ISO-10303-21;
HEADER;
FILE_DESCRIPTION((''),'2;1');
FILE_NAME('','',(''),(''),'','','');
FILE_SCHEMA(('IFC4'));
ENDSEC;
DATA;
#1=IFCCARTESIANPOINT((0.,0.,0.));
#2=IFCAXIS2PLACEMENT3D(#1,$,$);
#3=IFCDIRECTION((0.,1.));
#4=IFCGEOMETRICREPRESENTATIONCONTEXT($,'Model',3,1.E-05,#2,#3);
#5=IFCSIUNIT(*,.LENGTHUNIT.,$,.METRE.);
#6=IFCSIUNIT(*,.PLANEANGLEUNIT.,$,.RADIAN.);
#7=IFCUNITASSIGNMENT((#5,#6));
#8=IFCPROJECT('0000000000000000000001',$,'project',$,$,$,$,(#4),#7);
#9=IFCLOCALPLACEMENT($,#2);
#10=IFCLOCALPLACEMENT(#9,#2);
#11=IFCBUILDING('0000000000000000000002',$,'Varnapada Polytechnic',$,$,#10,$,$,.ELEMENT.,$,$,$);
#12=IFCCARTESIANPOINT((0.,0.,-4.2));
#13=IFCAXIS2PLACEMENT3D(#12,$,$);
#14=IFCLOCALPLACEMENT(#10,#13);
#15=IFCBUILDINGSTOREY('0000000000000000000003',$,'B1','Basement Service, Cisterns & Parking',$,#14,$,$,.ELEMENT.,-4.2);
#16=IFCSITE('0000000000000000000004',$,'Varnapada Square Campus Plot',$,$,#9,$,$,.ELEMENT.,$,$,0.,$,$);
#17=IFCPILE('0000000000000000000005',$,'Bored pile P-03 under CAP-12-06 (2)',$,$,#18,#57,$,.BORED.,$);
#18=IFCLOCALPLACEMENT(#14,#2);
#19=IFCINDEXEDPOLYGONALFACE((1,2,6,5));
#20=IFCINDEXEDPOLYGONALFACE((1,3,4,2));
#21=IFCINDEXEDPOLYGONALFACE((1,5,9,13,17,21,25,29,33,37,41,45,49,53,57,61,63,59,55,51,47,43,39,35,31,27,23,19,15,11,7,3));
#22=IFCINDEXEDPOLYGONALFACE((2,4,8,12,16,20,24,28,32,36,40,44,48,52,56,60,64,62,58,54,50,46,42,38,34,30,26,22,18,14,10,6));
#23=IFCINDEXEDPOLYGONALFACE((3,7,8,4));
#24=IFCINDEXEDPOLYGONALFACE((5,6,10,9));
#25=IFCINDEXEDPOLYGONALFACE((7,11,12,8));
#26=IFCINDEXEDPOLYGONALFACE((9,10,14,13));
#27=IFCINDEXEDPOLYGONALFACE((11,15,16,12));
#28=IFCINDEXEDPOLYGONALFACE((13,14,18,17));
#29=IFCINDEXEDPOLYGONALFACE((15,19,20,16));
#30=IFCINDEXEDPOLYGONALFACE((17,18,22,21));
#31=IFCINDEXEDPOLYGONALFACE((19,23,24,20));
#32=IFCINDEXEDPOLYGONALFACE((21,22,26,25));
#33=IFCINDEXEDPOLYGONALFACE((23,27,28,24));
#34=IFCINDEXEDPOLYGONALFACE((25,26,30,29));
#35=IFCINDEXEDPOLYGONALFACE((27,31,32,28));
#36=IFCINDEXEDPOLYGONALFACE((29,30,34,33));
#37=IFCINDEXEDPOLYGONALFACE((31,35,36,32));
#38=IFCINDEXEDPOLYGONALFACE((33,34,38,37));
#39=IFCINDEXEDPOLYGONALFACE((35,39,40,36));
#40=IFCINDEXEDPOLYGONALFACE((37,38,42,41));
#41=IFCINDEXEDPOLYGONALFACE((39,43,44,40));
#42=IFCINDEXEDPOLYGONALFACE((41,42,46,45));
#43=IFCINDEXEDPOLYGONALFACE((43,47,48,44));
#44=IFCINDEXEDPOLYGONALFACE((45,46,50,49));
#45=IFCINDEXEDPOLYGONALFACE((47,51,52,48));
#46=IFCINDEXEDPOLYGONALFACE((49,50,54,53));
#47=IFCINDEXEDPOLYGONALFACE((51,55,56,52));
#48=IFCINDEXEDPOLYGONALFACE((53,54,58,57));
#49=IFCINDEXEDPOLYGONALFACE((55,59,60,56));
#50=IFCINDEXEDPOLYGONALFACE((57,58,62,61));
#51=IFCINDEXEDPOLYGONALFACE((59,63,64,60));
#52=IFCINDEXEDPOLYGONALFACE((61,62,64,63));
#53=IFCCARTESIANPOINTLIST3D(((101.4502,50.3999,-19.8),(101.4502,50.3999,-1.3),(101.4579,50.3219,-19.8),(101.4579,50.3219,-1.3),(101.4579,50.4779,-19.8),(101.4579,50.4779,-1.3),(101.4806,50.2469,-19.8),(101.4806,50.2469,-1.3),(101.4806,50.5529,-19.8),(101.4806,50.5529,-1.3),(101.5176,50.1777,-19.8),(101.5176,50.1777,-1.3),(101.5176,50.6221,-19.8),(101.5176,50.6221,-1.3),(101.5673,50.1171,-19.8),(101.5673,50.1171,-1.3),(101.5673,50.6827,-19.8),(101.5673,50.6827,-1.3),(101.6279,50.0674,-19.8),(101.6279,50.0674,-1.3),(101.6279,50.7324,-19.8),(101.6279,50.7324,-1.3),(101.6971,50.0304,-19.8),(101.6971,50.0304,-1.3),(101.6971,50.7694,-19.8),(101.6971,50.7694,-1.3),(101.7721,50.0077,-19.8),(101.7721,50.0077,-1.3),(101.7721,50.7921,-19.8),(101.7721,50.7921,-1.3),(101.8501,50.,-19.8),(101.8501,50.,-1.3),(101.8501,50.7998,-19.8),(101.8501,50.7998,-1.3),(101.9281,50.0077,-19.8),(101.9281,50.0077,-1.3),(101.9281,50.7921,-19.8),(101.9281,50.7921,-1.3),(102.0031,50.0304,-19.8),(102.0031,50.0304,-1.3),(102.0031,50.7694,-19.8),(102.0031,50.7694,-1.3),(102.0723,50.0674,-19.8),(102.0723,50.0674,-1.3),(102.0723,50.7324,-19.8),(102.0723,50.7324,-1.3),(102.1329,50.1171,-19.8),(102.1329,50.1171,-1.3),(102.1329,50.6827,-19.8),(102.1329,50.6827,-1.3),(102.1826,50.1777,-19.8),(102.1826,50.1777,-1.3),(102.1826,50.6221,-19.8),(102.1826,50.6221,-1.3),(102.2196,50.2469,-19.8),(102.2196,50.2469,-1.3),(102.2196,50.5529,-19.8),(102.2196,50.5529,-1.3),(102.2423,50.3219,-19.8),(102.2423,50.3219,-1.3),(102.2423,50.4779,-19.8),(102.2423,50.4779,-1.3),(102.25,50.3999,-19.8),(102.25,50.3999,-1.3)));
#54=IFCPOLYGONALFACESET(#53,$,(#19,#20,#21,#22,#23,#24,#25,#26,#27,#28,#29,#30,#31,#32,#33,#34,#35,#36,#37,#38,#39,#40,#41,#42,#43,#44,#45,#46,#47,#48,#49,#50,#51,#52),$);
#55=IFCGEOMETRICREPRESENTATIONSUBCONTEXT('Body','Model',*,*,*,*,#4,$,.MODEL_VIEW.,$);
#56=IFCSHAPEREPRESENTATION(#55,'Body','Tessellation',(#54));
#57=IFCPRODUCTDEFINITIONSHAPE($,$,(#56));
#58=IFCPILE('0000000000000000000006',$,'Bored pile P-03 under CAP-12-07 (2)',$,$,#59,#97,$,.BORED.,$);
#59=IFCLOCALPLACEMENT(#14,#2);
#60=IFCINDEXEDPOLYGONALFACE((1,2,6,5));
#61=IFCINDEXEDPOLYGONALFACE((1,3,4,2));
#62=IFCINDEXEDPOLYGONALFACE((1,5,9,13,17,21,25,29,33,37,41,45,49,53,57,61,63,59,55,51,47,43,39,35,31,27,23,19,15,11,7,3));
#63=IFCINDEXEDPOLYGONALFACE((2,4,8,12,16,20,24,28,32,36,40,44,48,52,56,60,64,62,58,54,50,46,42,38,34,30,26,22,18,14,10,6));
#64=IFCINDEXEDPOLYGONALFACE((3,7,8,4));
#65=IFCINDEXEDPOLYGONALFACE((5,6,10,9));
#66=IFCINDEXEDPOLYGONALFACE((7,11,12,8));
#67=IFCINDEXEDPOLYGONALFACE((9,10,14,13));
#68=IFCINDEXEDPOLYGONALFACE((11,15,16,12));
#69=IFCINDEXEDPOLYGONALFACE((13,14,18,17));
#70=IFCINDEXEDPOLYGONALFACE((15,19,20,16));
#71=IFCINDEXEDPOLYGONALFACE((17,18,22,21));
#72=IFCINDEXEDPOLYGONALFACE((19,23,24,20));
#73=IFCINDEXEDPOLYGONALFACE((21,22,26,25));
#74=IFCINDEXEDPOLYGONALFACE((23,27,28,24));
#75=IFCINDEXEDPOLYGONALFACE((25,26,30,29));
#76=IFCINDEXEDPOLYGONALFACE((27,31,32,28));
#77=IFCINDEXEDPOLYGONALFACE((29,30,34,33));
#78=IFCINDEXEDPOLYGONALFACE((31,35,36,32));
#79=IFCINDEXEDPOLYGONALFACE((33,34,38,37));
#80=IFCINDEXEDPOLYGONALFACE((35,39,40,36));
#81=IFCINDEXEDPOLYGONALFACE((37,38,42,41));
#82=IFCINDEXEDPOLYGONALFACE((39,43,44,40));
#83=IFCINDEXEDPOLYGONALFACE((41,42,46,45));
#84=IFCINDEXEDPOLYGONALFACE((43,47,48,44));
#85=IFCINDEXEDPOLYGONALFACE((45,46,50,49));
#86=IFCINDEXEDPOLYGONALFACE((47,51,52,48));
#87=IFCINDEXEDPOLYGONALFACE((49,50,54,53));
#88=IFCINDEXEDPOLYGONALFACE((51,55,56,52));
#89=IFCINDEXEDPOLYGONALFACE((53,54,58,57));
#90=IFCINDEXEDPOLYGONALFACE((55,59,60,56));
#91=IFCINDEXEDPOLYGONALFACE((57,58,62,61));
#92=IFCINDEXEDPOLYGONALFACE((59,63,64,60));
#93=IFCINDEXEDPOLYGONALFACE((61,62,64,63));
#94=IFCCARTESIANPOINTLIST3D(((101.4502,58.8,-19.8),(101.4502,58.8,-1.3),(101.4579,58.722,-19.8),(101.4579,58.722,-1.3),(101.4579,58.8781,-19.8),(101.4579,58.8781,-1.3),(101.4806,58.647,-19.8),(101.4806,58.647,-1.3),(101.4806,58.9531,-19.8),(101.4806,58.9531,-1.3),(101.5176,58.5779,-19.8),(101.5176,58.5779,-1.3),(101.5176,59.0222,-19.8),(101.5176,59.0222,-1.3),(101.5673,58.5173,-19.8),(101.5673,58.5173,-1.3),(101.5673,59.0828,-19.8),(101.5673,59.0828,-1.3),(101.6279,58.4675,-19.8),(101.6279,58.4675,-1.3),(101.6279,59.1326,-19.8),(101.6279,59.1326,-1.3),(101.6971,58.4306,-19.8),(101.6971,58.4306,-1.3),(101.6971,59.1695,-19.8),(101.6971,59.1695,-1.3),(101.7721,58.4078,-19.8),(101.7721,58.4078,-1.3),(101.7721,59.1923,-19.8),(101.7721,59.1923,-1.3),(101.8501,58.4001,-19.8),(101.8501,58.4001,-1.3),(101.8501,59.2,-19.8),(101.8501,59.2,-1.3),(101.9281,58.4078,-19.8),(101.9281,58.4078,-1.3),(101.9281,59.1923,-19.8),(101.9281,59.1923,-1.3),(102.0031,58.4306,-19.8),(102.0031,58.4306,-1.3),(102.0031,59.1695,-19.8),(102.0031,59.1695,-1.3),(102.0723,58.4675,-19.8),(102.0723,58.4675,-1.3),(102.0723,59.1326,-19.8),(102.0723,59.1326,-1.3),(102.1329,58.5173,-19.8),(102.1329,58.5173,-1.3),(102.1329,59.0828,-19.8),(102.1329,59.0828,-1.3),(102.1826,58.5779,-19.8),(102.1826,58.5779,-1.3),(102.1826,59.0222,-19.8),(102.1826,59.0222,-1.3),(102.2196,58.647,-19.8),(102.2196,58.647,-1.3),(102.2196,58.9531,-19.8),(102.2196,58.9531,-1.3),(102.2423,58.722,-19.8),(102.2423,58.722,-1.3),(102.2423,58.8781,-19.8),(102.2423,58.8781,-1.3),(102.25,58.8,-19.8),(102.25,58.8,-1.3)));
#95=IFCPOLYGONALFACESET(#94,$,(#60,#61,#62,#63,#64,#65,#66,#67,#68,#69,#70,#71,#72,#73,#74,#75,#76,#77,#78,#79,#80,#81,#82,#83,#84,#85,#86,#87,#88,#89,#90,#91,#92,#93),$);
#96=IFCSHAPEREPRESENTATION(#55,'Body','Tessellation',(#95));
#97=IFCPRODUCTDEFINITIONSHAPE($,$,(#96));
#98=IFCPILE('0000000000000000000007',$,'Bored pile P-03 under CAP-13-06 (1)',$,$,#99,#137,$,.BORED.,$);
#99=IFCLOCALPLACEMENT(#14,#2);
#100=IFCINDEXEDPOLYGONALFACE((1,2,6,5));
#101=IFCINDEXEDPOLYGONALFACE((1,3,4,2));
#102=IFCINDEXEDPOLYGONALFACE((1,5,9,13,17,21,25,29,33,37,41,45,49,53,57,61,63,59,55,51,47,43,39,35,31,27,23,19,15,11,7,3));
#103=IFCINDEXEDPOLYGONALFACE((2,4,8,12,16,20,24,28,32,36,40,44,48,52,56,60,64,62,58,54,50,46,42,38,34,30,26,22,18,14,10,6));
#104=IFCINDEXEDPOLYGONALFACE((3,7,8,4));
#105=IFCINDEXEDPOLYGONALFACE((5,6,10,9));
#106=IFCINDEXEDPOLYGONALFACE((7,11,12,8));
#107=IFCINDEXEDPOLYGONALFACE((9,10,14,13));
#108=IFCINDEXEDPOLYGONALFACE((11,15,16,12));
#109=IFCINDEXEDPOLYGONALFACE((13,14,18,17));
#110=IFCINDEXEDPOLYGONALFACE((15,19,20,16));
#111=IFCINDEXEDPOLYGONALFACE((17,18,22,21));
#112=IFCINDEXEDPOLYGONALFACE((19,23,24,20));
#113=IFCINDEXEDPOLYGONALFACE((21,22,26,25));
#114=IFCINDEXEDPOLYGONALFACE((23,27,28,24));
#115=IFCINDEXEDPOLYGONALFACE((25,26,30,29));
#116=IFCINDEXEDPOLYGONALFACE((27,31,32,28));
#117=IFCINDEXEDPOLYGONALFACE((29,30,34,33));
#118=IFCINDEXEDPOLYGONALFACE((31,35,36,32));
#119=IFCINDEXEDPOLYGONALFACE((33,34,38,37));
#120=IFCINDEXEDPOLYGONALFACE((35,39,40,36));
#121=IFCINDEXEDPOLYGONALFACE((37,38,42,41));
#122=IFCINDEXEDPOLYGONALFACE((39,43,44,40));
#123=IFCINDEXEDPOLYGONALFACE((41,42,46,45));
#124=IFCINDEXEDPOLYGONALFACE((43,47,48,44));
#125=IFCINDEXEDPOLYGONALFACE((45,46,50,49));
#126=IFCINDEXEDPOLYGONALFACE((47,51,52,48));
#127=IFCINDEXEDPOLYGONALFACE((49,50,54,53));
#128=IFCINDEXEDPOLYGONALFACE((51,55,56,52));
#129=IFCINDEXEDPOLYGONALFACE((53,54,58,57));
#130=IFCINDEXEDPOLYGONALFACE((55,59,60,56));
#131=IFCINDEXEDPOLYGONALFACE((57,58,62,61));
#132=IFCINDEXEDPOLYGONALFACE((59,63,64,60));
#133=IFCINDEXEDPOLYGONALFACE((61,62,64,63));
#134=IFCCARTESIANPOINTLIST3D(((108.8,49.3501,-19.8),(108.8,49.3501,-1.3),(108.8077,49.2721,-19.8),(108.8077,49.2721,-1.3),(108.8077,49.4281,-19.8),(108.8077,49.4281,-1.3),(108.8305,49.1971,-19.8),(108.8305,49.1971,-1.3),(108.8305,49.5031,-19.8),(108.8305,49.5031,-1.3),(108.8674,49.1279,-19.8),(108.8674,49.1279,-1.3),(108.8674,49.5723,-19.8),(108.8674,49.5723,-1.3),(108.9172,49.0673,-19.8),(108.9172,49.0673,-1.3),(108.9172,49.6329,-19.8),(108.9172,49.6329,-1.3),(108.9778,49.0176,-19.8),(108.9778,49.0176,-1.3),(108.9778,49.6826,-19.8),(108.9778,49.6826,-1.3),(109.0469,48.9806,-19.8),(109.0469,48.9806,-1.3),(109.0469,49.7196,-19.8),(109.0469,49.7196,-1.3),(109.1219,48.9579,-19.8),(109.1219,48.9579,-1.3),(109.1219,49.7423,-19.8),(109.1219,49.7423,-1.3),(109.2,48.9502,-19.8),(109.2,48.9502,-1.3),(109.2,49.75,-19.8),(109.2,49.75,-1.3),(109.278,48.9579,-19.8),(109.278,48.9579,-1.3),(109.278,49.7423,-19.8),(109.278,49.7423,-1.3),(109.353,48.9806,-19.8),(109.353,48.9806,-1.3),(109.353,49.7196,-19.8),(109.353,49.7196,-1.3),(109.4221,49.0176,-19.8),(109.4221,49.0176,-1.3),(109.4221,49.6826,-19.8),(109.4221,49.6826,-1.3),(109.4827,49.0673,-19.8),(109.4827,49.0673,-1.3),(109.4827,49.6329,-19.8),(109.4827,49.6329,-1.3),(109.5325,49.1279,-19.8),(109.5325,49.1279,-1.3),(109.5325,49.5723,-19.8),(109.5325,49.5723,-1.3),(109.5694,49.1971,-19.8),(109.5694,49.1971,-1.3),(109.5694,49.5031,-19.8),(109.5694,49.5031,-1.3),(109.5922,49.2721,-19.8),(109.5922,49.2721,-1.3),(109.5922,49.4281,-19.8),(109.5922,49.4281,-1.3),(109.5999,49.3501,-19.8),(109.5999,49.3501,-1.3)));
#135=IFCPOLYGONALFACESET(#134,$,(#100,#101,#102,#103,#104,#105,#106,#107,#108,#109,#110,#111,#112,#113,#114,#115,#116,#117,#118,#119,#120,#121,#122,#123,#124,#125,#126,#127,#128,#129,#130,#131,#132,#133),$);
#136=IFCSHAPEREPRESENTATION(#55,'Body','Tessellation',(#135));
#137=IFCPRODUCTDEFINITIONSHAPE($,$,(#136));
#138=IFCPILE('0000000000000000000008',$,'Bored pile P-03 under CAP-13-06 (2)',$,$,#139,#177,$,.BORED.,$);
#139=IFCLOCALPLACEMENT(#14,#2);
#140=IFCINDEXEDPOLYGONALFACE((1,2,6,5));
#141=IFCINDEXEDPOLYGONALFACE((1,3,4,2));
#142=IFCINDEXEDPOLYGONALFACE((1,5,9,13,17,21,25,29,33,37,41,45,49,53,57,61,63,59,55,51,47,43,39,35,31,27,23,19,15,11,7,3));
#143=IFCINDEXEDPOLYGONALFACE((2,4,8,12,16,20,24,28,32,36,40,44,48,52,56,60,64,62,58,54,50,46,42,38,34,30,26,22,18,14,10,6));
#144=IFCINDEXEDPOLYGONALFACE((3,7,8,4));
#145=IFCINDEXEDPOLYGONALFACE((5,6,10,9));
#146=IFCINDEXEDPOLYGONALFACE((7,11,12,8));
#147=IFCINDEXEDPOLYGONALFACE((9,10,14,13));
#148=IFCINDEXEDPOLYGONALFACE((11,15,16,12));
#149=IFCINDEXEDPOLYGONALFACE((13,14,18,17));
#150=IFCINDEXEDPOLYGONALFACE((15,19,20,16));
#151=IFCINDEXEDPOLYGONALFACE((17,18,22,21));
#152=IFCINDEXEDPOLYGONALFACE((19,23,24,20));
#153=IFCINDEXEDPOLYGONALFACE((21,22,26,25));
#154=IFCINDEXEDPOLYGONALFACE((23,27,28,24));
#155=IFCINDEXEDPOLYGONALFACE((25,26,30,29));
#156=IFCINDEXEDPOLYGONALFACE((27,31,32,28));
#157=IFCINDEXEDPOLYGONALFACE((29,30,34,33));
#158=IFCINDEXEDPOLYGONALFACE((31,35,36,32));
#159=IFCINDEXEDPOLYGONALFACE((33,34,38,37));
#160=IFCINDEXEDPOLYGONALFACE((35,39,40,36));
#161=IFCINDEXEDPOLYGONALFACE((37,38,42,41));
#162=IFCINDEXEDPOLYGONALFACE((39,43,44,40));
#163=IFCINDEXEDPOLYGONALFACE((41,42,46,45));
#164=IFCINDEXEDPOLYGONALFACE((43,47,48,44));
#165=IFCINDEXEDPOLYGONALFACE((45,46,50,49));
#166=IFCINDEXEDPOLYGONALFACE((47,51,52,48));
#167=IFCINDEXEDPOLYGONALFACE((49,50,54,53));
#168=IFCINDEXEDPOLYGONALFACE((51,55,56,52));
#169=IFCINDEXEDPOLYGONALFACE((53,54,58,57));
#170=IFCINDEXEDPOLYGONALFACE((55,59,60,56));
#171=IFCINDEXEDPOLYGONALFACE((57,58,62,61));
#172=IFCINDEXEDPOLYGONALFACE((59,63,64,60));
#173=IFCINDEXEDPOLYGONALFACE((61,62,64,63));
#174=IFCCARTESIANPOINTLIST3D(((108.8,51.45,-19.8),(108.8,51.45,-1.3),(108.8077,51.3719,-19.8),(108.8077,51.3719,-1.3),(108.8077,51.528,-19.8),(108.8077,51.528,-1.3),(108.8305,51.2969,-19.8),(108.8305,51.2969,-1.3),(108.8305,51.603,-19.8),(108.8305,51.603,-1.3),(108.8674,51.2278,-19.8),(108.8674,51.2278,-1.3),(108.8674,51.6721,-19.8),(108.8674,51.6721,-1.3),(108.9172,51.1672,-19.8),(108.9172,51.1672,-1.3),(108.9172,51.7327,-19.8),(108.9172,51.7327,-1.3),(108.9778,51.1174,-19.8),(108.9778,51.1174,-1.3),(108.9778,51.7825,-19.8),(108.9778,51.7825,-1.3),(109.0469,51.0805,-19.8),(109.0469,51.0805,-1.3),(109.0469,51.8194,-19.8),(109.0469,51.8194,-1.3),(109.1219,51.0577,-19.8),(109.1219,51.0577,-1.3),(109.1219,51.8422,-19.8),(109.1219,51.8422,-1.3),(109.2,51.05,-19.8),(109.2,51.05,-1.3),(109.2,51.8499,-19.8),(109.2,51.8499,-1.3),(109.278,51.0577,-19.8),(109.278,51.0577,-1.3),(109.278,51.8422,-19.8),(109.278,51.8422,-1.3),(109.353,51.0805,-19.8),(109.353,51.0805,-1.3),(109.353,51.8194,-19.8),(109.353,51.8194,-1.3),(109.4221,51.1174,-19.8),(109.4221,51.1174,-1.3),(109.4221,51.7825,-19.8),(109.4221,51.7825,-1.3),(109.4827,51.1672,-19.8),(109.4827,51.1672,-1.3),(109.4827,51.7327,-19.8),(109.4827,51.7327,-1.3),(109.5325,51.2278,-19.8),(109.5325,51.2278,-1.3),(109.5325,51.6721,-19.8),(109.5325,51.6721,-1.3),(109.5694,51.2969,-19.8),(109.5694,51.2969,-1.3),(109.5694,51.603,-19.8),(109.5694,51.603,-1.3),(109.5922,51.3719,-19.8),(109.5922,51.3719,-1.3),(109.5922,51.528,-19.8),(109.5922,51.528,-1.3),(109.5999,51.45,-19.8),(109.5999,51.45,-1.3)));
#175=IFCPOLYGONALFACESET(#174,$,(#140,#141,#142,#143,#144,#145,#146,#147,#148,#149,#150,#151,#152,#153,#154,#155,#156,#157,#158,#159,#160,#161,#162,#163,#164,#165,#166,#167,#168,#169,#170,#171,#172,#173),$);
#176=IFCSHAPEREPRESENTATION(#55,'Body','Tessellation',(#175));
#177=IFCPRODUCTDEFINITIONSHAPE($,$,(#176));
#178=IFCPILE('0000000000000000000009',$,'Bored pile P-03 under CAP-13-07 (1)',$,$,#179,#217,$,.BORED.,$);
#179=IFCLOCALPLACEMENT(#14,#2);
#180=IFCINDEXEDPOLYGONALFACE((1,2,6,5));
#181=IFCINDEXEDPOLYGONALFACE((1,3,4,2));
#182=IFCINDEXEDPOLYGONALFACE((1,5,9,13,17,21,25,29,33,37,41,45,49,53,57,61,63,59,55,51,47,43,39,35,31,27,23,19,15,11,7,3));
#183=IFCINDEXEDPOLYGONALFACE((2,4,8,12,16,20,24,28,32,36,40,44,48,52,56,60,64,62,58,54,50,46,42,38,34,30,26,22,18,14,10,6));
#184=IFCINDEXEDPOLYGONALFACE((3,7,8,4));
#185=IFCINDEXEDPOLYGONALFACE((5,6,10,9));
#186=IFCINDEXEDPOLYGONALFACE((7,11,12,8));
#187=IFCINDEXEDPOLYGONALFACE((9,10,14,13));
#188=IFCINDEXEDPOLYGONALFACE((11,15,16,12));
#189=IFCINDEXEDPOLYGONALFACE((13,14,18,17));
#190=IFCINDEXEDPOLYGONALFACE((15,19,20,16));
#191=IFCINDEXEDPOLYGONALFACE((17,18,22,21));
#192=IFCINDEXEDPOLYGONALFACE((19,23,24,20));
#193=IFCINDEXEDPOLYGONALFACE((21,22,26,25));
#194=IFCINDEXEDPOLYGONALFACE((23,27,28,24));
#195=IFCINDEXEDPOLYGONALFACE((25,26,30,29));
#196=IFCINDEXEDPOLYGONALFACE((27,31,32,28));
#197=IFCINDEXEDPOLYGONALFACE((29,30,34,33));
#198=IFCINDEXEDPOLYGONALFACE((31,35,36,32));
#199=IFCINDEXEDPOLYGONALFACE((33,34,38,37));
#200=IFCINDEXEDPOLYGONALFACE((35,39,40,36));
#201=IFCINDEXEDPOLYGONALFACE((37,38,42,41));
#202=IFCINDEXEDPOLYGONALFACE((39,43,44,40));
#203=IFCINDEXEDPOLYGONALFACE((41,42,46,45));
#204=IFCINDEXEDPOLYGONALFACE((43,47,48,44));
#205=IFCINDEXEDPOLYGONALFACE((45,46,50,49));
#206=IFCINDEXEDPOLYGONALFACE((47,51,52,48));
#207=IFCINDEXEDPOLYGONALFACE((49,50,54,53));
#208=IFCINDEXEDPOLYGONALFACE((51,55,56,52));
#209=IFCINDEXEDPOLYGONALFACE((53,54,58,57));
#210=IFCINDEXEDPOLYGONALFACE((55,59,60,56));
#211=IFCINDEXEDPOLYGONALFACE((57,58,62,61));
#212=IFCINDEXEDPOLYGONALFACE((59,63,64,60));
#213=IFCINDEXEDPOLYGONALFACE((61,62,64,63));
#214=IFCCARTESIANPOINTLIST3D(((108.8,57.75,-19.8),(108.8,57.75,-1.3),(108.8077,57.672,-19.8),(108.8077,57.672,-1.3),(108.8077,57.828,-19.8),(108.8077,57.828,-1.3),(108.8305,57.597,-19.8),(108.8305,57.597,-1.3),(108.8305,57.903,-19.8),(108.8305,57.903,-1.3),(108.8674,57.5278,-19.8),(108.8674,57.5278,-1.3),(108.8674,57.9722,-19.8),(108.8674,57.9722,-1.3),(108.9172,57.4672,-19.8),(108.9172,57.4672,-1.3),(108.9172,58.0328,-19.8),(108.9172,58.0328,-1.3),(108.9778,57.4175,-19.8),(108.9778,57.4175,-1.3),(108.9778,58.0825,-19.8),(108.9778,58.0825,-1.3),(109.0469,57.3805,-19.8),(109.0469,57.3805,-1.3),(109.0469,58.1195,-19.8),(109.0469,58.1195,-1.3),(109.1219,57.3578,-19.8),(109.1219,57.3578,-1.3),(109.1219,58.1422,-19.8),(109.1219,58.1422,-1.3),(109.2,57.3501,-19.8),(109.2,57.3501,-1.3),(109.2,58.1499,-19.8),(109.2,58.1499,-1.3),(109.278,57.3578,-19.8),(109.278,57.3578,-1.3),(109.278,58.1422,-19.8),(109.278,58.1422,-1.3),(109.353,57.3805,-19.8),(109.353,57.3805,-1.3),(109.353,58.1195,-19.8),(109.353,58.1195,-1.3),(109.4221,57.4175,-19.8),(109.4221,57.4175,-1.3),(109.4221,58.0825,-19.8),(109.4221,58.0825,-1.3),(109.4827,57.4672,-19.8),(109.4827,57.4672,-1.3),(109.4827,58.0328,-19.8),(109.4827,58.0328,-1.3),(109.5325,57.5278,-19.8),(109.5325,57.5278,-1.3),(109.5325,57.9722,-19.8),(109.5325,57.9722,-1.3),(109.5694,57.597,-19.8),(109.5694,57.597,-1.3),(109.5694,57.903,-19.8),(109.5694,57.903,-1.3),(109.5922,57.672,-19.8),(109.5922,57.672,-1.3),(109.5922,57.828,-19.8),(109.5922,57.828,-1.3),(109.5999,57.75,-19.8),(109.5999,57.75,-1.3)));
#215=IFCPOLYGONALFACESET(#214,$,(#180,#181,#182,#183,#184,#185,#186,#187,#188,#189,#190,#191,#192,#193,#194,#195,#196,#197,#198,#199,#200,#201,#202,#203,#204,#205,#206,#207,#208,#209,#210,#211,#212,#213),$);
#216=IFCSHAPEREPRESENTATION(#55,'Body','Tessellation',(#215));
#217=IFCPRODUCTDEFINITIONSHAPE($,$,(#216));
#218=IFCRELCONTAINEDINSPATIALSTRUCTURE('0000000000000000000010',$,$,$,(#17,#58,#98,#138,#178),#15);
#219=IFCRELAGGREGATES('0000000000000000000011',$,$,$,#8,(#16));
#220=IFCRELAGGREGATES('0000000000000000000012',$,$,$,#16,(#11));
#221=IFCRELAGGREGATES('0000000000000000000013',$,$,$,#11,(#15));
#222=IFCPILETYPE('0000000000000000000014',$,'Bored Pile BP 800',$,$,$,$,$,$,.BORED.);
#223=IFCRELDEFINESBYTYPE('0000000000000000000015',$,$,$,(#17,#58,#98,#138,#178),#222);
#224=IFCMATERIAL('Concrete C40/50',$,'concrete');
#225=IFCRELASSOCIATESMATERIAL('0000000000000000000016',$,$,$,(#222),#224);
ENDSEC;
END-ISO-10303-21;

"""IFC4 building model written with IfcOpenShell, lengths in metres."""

from ifc_helpers import new_model, si_unit, direction, frame, origin, origin_2d, place, context, subcontext, project, spatial, circle, extrude, material, material_profile, profile_set, type_object, element, save


model = new_model("IFC4")

# Units and contexts
model_context = context("Model", 3, precision=1e-05, world=origin(), true_north=direction((0.0, 1.0)))
body_context = subcontext(model_context, "Body", "Model", "MODEL_VIEW")
ifc_project = project(units=[si_unit("LENGTHUNIT", "METRE"), si_unit("PLANEANGLEUNIT", "RADIAN")], contexts=[model_context])

# Site, building, storey
site_placement = place(None, origin())
site = spatial("IfcSite", under=ifc_project, at=site_placement, Name="Varnapada Square Campus Plot", CompositionType="ELEMENT", RefElevation=0.0)
building_placement = place(site_placement, origin())
building = spatial("IfcBuilding", under=site, at=building_placement, Name="Varnapada Polytechnic", CompositionType="ELEMENT")
storey_placement = place(building_placement, frame((0.0, 0.0, -4.2)))
storey = spatial("IfcBuildingStorey", under=building, at=storey_placement, Name="B1", Description="Basement Service, Cisterns & Parking", CompositionType="ELEMENT", Elevation=-4.2)

# Piles
ifc_material_1 = material(Name="Concrete C40/50", Category="concrete")
ifc_material_profile_1 = material_profile(ifc_material_1, circle(Radius=0.3999, at=origin_2d()), Name="BP 800")
ifc_profile_set_1 = profile_set([ifc_material_profile_1], Name="Concrete C40/50")
pile_type = type_object("IfcPileType", Name="Bored Pile BP 800", PredefinedType="BORED", material=ifc_profile_set_1)
for number, where, z_axis, x_axis, name in (
    (1, (101.8501, 50.3999, -1.3), (0.0, 0.0, -1.0), (1.0, 0.0, 0.0), "Bored pile P-03 under CAP-12-06 (2)"),
    (2, (101.8501, 58.8, -1.3), (0.0, 0.0, -1.0), (1.0, 0.0, 0.0), "Bored pile P-03 under CAP-12-07 (2)"),
    (3, (109.2, 49.3501, -1.3), (0.0, 0.0, -1.0), (1.0, 0.0, 0.0), "Bored pile P-03 under CAP-13-06 (1)"),
    (4, (109.2, 51.45, -1.3), (0.0, 0.0, -1.0), (1.0, 0.0, 0.0), "Bored pile P-03 under CAP-13-06 (2)"),
    (5, (109.2, 57.75, -1.3), (0.0, 0.0, -1.0), (1.0, 0.0, 0.0), "Bored pile P-03 under CAP-13-07 (1)"),
):
    element("IfcPile", number, at=place(storey_placement, frame(where, z_axis=z_axis, x_axis=x_axis)), inside=storey, type_object=pile_type, Name=name, PredefinedType="BORED", context=body_context, shape_type="SweptSolid", body=[
        extrude(circle(Radius=0.3999, at=origin_2d()), origin(), (0.0, 0.0, 1.0), 18.5),
    ])

save(model, "model.ifc")
